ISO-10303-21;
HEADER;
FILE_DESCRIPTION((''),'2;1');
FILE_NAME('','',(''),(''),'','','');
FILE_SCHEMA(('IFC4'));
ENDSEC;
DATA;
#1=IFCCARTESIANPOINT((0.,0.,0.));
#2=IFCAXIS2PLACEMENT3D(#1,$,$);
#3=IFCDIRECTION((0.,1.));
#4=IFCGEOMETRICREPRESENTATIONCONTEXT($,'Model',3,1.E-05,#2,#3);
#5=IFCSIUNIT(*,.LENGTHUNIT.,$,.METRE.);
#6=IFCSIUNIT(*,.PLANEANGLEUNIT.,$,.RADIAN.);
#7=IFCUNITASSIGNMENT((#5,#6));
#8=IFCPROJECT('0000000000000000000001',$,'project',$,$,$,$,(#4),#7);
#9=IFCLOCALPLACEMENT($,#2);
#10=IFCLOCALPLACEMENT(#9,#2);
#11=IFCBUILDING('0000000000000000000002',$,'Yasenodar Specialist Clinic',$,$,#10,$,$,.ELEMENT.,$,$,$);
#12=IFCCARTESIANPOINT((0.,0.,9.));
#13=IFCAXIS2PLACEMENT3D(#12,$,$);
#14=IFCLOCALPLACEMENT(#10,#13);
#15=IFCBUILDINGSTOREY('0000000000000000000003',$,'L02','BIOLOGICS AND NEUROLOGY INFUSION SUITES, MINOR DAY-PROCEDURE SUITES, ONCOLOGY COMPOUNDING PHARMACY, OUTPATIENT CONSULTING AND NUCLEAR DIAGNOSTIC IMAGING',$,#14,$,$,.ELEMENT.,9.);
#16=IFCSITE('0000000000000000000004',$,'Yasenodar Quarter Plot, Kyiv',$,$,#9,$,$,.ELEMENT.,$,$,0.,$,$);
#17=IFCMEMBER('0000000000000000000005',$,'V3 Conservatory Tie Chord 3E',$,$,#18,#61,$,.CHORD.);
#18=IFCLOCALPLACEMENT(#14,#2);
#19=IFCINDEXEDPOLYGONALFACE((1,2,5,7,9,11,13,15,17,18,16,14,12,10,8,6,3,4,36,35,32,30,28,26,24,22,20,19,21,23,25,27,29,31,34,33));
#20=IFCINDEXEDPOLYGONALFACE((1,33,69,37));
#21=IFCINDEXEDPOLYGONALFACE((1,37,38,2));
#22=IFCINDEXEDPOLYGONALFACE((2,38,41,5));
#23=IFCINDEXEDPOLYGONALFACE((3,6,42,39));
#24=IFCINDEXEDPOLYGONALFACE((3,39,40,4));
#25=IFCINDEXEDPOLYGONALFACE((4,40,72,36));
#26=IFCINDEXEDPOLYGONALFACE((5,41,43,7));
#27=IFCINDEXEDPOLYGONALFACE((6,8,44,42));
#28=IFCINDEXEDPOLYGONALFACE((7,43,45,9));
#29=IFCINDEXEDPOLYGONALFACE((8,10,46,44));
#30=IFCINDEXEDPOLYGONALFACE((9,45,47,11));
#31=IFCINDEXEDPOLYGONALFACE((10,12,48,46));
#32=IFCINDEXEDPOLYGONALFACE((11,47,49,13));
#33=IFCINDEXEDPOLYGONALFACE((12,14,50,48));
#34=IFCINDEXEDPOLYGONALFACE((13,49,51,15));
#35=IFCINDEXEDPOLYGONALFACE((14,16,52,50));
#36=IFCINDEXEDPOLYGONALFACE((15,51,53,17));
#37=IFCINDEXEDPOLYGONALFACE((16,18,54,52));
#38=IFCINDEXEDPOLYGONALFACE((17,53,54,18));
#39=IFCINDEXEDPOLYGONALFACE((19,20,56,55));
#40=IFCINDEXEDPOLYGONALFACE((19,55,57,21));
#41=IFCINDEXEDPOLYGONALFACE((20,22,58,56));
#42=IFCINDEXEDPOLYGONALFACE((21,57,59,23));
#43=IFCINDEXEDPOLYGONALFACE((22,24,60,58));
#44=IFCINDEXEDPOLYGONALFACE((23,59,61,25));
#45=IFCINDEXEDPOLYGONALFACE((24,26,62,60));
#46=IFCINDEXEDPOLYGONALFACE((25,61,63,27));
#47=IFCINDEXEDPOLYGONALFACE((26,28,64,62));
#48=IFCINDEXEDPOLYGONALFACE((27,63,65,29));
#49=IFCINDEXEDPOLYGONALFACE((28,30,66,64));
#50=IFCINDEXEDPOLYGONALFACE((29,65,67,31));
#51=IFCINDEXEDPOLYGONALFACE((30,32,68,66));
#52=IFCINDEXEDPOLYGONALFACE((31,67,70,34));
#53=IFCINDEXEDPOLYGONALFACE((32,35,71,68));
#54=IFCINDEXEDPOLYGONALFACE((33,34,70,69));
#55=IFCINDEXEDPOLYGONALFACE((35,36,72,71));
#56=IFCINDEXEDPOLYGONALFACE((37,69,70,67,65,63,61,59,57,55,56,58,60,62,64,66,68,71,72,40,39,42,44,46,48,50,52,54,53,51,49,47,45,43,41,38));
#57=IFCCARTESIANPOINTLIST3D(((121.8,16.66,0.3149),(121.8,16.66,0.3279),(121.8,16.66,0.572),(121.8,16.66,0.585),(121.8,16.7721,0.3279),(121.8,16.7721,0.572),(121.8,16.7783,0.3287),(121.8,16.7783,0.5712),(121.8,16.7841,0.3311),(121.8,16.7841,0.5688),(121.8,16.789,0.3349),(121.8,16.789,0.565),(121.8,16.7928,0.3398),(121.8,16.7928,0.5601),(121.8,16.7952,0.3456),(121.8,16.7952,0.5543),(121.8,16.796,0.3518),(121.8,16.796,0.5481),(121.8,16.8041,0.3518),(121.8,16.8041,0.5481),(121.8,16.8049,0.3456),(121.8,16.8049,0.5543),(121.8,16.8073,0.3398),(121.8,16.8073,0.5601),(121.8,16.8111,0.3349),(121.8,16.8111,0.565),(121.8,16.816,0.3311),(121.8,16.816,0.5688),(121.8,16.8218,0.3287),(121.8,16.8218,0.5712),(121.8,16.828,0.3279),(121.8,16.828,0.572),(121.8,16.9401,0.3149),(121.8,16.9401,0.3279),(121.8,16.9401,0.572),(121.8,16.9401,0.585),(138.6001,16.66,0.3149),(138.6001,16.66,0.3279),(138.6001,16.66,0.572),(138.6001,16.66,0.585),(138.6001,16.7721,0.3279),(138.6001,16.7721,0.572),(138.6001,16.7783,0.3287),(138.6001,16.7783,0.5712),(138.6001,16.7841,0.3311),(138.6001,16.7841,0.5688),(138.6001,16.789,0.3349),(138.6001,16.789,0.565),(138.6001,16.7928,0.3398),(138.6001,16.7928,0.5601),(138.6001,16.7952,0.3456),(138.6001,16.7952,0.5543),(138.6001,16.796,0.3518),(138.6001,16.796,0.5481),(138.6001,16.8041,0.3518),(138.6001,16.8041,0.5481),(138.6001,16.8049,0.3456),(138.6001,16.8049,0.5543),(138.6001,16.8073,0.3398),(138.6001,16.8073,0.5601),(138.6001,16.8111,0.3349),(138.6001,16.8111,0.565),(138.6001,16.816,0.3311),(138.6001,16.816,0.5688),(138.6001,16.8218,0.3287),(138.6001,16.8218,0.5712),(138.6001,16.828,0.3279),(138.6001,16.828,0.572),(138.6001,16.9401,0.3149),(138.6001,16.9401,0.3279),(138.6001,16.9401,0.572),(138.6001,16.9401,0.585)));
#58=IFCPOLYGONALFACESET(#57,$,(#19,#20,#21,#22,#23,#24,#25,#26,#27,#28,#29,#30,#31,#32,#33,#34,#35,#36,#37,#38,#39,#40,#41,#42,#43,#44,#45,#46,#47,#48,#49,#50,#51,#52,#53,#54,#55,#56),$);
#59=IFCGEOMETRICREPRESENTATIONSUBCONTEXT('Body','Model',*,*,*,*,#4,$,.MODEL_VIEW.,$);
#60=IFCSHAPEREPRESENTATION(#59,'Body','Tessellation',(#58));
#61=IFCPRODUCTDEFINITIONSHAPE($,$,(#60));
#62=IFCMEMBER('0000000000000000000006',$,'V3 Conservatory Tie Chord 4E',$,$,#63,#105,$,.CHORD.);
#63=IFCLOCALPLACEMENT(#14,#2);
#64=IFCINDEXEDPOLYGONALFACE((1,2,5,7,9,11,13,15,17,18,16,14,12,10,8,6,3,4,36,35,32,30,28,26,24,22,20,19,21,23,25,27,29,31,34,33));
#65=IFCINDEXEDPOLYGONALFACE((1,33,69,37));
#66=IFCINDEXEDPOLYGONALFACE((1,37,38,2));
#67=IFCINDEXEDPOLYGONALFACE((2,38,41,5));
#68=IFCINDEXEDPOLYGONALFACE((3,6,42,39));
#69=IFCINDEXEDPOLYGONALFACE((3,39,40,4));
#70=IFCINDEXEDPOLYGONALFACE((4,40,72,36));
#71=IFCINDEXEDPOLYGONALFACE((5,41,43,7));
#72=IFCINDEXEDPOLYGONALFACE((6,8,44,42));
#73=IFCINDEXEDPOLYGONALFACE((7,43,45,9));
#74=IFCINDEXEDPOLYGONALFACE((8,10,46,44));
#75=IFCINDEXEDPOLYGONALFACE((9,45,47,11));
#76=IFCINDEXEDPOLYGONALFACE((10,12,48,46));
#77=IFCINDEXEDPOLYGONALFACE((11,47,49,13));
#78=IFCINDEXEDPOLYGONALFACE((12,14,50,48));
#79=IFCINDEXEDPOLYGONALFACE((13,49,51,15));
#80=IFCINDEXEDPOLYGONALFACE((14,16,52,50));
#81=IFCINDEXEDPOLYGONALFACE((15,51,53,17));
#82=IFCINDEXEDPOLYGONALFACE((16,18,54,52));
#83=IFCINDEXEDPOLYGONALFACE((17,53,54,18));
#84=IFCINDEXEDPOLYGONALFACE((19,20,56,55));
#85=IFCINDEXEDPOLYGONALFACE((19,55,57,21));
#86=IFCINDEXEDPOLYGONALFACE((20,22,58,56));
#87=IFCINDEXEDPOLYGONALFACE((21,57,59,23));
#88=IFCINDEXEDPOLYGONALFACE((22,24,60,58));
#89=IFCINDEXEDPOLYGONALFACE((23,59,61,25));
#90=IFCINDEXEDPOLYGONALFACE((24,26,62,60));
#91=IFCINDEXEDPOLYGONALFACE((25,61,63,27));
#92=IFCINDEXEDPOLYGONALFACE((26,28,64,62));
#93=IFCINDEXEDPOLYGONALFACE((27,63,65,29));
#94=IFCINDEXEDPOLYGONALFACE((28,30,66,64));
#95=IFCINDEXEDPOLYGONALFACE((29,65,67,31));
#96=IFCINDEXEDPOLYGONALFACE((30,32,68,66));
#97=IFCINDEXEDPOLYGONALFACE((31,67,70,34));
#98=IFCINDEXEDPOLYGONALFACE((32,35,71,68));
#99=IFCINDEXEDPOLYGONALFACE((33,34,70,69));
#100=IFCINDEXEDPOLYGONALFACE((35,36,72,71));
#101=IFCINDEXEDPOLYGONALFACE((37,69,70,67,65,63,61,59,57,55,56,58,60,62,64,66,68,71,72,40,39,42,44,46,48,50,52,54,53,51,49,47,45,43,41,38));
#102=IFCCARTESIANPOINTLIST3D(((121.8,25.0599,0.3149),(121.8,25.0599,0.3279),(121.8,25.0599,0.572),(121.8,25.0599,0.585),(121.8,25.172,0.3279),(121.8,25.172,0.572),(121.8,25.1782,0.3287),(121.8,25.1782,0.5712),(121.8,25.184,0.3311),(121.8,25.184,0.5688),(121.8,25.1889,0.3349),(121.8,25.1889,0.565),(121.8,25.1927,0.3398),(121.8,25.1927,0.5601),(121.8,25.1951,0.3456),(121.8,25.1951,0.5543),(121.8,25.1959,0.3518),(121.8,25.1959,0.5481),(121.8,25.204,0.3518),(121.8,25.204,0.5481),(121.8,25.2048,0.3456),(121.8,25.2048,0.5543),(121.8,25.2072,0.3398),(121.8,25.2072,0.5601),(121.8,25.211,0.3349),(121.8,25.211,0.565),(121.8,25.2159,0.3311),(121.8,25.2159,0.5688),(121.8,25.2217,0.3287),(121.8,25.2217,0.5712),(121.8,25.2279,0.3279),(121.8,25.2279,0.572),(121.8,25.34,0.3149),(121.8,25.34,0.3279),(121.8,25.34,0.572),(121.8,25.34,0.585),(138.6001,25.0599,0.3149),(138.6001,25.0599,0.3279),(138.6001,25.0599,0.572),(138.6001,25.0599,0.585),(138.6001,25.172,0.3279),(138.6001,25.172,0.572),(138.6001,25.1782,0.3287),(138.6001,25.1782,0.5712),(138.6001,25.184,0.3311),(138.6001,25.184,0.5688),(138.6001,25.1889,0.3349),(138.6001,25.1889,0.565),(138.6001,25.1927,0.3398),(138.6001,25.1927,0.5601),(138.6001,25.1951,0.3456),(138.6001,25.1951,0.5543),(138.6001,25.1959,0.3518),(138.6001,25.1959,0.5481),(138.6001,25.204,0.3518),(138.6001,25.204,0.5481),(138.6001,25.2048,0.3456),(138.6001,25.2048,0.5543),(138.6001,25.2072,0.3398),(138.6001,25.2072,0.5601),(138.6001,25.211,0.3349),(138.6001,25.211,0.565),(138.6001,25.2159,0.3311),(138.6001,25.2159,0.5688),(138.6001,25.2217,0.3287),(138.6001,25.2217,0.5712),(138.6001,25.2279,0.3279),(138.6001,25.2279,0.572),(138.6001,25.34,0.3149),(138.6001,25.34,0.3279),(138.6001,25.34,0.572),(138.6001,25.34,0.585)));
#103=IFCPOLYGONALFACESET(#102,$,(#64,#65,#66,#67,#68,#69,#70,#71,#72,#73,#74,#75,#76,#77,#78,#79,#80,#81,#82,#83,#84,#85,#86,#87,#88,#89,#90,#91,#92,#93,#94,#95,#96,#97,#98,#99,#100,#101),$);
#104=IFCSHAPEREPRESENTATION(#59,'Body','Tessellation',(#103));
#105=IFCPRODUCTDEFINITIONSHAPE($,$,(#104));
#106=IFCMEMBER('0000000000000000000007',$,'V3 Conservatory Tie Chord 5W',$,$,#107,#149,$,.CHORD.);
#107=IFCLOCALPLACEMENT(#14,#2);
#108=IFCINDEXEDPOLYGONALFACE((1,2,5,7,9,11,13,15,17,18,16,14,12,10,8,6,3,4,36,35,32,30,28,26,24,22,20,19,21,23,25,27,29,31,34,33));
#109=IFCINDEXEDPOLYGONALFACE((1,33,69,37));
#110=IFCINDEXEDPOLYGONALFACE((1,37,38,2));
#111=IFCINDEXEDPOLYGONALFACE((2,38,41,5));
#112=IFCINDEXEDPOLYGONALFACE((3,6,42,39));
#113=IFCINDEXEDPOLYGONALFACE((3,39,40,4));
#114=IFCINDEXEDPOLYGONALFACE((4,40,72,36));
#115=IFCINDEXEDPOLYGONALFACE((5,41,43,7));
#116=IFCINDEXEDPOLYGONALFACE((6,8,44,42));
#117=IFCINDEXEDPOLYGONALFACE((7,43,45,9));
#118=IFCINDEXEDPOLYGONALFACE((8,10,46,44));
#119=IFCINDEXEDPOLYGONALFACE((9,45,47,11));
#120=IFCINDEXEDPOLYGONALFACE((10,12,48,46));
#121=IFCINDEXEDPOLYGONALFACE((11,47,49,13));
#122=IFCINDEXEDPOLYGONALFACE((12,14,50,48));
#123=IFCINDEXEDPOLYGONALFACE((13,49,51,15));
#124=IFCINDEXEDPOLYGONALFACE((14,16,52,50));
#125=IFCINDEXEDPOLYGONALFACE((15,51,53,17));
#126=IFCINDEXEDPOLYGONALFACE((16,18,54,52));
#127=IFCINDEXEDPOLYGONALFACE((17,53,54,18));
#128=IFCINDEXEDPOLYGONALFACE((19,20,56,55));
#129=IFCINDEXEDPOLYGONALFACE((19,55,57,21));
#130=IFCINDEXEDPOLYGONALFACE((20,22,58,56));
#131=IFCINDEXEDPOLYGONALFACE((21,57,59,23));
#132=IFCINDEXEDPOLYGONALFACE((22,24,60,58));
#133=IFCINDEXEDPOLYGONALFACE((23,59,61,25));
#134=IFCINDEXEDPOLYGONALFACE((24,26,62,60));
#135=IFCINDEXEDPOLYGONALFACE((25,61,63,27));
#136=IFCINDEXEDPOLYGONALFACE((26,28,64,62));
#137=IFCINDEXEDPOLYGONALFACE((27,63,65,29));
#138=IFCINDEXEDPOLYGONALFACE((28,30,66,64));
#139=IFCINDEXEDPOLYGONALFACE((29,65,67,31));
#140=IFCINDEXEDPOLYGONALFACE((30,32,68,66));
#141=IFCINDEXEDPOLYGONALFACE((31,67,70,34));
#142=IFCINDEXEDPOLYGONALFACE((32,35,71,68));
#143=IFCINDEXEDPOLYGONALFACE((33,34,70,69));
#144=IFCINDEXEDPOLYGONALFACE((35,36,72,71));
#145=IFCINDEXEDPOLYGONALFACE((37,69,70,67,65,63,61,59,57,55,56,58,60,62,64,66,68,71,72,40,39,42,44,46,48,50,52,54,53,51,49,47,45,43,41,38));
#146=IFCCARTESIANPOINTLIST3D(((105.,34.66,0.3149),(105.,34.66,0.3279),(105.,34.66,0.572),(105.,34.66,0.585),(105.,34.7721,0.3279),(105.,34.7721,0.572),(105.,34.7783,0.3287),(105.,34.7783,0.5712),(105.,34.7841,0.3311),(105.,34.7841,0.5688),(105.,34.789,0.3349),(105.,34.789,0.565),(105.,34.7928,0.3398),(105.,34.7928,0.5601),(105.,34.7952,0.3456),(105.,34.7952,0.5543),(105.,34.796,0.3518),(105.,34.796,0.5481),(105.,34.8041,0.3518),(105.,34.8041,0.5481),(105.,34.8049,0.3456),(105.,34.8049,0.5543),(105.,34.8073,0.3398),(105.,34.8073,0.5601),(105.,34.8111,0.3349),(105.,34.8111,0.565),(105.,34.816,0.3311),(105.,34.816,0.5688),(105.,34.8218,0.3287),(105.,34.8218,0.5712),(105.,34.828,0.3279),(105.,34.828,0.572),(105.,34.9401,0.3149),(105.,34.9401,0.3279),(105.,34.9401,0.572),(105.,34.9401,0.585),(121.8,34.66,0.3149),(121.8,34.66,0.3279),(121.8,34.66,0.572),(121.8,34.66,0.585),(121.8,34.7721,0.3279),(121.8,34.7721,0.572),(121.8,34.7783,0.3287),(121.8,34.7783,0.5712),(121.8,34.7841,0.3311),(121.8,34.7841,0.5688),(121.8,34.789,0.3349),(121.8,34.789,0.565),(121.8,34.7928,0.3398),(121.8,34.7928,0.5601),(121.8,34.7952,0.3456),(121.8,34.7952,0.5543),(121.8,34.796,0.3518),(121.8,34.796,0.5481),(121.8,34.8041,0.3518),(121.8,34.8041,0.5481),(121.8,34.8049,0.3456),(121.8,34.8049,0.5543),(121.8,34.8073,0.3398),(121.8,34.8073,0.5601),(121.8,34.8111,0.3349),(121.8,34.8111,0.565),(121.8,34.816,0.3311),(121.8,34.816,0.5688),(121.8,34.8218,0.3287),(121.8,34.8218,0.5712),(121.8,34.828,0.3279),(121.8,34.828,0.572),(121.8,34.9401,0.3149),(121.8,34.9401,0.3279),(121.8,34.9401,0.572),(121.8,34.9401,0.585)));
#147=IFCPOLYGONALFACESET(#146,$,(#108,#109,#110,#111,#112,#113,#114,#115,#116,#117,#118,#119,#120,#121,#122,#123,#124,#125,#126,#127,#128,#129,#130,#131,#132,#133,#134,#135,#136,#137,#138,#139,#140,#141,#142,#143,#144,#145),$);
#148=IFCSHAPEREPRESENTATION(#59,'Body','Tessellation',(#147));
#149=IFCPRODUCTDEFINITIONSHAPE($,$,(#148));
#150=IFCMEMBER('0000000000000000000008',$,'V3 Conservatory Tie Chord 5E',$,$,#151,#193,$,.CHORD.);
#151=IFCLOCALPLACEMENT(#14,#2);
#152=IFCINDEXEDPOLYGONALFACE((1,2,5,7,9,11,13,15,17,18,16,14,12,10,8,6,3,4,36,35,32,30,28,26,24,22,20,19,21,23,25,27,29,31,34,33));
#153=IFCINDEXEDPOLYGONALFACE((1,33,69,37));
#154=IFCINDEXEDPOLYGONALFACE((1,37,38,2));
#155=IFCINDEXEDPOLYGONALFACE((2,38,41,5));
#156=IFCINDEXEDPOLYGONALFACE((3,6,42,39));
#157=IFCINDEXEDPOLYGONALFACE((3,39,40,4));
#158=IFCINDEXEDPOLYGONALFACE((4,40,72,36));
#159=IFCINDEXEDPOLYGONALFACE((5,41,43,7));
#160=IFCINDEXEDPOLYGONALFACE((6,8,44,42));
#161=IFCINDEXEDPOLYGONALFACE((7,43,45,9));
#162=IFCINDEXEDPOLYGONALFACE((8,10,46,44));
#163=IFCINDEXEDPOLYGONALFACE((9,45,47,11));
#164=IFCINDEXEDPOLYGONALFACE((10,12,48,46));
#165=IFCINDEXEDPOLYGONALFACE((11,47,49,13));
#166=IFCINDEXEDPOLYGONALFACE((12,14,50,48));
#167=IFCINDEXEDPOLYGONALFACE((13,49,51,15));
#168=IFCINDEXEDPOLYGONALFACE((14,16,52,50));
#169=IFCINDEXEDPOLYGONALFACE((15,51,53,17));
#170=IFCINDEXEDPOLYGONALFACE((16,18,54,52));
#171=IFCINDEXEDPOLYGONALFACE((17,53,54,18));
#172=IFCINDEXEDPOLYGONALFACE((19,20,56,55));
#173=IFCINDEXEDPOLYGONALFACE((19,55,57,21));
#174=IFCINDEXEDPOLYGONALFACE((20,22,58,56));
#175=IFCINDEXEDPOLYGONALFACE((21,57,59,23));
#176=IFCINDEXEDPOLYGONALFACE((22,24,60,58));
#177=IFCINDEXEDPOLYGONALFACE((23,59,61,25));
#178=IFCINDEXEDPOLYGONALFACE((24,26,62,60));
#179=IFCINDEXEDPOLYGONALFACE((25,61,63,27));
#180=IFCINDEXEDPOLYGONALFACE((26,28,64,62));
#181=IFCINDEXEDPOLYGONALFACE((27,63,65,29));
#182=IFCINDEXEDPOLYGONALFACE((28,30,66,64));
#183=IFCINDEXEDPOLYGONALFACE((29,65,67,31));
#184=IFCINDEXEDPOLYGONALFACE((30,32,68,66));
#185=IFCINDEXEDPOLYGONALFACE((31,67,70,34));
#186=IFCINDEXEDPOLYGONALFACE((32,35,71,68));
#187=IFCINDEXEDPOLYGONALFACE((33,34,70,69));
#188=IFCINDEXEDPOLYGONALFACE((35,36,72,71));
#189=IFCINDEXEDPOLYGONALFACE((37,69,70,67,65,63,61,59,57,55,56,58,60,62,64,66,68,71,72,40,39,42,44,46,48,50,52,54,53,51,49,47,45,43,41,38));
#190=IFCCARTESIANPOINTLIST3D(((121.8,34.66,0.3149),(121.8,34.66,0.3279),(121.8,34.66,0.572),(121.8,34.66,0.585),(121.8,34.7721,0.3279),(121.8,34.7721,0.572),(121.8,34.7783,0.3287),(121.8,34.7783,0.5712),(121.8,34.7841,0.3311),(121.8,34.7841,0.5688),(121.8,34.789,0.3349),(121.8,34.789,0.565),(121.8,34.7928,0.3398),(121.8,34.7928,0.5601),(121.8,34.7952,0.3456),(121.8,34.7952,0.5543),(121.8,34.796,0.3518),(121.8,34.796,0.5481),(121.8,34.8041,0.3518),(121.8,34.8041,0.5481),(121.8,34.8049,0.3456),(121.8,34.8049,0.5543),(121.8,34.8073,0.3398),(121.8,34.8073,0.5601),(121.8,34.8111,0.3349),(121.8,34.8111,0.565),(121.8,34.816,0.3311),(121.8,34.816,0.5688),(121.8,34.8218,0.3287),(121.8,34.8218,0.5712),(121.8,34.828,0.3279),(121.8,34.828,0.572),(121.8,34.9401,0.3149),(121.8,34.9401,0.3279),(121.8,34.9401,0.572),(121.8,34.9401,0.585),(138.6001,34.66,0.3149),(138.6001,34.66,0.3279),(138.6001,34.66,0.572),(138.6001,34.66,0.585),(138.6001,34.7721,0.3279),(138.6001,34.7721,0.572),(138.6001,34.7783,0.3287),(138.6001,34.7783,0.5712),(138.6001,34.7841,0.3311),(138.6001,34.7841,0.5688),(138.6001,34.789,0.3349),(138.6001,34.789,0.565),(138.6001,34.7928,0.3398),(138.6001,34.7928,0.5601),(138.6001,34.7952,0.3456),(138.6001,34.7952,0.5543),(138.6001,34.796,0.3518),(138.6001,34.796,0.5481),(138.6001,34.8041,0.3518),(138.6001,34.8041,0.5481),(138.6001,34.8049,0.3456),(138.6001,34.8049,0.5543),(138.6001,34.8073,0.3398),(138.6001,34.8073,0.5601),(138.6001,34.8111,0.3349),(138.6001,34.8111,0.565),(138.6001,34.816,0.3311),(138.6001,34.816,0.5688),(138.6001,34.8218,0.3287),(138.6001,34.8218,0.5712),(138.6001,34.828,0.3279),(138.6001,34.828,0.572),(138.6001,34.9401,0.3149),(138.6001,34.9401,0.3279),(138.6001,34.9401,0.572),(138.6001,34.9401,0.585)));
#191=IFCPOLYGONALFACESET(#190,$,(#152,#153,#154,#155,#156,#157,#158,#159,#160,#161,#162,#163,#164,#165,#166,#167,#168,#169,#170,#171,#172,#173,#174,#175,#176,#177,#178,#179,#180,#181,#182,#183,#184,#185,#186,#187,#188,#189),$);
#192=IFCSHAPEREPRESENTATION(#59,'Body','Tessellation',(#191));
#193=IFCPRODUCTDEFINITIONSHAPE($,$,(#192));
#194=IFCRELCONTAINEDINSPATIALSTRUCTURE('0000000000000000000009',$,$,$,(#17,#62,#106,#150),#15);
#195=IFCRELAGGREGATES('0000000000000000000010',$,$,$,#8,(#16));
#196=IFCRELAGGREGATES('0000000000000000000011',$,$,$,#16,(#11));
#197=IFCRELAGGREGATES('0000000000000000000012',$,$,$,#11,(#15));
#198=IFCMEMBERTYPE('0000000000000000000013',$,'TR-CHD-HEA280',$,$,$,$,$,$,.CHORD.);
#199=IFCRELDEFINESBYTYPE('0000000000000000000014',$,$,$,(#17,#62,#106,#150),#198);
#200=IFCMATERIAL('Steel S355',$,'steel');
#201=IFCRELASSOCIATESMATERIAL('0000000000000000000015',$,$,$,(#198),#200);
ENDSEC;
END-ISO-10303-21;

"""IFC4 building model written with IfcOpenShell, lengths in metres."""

from ifc_helpers import new_model, si_unit, direction, frame, origin, origin_2d, place, context, subcontext, project, spatial, i_section, extrude, material, material_profile, profile_set, type_object, element, save


model = new_model("IFC4")

# Units and contexts
model_context = context("Model", 3, precision=1e-05, world=origin(), true_north=direction((0.0, 1.0)))
body_context = subcontext(model_context, "Body", "Model", "MODEL_VIEW")
ifc_project = project(units=[si_unit("LENGTHUNIT", "METRE"), si_unit("PLANEANGLEUNIT", "RADIAN")], contexts=[model_context])

# Site, building, storey
site_placement = place(None, origin())
site = spatial("IfcSite", under=ifc_project, at=site_placement, Name="Yasenodar Quarter Plot, Kyiv", CompositionType="ELEMENT", RefElevation=0.0)
building_placement = place(site_placement, origin())
building = spatial("IfcBuilding", under=site, at=building_placement, Name="Yasenodar Specialist Clinic", CompositionType="ELEMENT")
storey_placement = place(building_placement, frame((0.0, 0.0, 9.0)))
storey = spatial("IfcBuildingStorey", under=building, at=storey_placement, Name="L02", Description="BIOLOGICS AND NEUROLOGY INFUSION SUITES, MINOR DAY-PROCEDURE SUITES, ONCOLOGY COMPOUNDING PHARMACY, OUTPATIENT CONSULTING AND NUCLEAR DIAGNOSTIC IMAGING", CompositionType="ELEMENT", Elevation=9.0)

# Shared definitions
ifc_material = material(Name="Steel S355", Category="steel")

# Members
ifc_material_profile_1 = material_profile(ifc_material, i_section(OverallWidth=0.28, OverallDepth=0.27, WebThickness=0.0081, FlangeThickness=0.0129, FilletRadius=0.0239, at=origin_2d()), Name="HEA 280")
ifc_profile_set_1 = profile_set([ifc_material_profile_1], Name="Steel S355")
member_type_1 = type_object("IfcMemberType", Name="TR-CHD-HEA280", PredefinedType="CHORD", material=ifc_profile_set_1)
for number, where, z_axis, x_axis, name in (
    (1, (121.8, 16.8, 0.45), (1.0, 0.0, 0.0), (0.0, 1.0, 0.0), "V3 Conservatory Tie Chord 3E"),
    (2, (121.8, 25.2, 0.45), (1.0, 0.0, 0.0), (0.0, 1.0, 0.0), "V3 Conservatory Tie Chord 4E"),
    (3, (105.0, 34.8, 0.45), (1.0, 0.0, 0.0), (0.0, 1.0, 0.0), "V3 Conservatory Tie Chord 5W"),
    (4, (121.8, 34.8, 0.45), (1.0, 0.0, 0.0), (0.0, 1.0, 0.0), "V3 Conservatory Tie Chord 5E"),
):
    element("IfcMember", number, at=place(storey_placement, frame(where, z_axis=z_axis, x_axis=x_axis)), inside=storey, type_object=member_type_1, Name=name, PredefinedType="CHORD", context=body_context, shape_type="SweptSolid", body=[
        extrude(i_section(OverallWidth=0.28, OverallDepth=0.27, WebThickness=0.0081, FlangeThickness=0.0129, FilletRadius=0.0239, at=origin_2d()), origin(), (0.0, 0.0, 1.0), 16.8),
    ])

save(model, "model.ifc")
